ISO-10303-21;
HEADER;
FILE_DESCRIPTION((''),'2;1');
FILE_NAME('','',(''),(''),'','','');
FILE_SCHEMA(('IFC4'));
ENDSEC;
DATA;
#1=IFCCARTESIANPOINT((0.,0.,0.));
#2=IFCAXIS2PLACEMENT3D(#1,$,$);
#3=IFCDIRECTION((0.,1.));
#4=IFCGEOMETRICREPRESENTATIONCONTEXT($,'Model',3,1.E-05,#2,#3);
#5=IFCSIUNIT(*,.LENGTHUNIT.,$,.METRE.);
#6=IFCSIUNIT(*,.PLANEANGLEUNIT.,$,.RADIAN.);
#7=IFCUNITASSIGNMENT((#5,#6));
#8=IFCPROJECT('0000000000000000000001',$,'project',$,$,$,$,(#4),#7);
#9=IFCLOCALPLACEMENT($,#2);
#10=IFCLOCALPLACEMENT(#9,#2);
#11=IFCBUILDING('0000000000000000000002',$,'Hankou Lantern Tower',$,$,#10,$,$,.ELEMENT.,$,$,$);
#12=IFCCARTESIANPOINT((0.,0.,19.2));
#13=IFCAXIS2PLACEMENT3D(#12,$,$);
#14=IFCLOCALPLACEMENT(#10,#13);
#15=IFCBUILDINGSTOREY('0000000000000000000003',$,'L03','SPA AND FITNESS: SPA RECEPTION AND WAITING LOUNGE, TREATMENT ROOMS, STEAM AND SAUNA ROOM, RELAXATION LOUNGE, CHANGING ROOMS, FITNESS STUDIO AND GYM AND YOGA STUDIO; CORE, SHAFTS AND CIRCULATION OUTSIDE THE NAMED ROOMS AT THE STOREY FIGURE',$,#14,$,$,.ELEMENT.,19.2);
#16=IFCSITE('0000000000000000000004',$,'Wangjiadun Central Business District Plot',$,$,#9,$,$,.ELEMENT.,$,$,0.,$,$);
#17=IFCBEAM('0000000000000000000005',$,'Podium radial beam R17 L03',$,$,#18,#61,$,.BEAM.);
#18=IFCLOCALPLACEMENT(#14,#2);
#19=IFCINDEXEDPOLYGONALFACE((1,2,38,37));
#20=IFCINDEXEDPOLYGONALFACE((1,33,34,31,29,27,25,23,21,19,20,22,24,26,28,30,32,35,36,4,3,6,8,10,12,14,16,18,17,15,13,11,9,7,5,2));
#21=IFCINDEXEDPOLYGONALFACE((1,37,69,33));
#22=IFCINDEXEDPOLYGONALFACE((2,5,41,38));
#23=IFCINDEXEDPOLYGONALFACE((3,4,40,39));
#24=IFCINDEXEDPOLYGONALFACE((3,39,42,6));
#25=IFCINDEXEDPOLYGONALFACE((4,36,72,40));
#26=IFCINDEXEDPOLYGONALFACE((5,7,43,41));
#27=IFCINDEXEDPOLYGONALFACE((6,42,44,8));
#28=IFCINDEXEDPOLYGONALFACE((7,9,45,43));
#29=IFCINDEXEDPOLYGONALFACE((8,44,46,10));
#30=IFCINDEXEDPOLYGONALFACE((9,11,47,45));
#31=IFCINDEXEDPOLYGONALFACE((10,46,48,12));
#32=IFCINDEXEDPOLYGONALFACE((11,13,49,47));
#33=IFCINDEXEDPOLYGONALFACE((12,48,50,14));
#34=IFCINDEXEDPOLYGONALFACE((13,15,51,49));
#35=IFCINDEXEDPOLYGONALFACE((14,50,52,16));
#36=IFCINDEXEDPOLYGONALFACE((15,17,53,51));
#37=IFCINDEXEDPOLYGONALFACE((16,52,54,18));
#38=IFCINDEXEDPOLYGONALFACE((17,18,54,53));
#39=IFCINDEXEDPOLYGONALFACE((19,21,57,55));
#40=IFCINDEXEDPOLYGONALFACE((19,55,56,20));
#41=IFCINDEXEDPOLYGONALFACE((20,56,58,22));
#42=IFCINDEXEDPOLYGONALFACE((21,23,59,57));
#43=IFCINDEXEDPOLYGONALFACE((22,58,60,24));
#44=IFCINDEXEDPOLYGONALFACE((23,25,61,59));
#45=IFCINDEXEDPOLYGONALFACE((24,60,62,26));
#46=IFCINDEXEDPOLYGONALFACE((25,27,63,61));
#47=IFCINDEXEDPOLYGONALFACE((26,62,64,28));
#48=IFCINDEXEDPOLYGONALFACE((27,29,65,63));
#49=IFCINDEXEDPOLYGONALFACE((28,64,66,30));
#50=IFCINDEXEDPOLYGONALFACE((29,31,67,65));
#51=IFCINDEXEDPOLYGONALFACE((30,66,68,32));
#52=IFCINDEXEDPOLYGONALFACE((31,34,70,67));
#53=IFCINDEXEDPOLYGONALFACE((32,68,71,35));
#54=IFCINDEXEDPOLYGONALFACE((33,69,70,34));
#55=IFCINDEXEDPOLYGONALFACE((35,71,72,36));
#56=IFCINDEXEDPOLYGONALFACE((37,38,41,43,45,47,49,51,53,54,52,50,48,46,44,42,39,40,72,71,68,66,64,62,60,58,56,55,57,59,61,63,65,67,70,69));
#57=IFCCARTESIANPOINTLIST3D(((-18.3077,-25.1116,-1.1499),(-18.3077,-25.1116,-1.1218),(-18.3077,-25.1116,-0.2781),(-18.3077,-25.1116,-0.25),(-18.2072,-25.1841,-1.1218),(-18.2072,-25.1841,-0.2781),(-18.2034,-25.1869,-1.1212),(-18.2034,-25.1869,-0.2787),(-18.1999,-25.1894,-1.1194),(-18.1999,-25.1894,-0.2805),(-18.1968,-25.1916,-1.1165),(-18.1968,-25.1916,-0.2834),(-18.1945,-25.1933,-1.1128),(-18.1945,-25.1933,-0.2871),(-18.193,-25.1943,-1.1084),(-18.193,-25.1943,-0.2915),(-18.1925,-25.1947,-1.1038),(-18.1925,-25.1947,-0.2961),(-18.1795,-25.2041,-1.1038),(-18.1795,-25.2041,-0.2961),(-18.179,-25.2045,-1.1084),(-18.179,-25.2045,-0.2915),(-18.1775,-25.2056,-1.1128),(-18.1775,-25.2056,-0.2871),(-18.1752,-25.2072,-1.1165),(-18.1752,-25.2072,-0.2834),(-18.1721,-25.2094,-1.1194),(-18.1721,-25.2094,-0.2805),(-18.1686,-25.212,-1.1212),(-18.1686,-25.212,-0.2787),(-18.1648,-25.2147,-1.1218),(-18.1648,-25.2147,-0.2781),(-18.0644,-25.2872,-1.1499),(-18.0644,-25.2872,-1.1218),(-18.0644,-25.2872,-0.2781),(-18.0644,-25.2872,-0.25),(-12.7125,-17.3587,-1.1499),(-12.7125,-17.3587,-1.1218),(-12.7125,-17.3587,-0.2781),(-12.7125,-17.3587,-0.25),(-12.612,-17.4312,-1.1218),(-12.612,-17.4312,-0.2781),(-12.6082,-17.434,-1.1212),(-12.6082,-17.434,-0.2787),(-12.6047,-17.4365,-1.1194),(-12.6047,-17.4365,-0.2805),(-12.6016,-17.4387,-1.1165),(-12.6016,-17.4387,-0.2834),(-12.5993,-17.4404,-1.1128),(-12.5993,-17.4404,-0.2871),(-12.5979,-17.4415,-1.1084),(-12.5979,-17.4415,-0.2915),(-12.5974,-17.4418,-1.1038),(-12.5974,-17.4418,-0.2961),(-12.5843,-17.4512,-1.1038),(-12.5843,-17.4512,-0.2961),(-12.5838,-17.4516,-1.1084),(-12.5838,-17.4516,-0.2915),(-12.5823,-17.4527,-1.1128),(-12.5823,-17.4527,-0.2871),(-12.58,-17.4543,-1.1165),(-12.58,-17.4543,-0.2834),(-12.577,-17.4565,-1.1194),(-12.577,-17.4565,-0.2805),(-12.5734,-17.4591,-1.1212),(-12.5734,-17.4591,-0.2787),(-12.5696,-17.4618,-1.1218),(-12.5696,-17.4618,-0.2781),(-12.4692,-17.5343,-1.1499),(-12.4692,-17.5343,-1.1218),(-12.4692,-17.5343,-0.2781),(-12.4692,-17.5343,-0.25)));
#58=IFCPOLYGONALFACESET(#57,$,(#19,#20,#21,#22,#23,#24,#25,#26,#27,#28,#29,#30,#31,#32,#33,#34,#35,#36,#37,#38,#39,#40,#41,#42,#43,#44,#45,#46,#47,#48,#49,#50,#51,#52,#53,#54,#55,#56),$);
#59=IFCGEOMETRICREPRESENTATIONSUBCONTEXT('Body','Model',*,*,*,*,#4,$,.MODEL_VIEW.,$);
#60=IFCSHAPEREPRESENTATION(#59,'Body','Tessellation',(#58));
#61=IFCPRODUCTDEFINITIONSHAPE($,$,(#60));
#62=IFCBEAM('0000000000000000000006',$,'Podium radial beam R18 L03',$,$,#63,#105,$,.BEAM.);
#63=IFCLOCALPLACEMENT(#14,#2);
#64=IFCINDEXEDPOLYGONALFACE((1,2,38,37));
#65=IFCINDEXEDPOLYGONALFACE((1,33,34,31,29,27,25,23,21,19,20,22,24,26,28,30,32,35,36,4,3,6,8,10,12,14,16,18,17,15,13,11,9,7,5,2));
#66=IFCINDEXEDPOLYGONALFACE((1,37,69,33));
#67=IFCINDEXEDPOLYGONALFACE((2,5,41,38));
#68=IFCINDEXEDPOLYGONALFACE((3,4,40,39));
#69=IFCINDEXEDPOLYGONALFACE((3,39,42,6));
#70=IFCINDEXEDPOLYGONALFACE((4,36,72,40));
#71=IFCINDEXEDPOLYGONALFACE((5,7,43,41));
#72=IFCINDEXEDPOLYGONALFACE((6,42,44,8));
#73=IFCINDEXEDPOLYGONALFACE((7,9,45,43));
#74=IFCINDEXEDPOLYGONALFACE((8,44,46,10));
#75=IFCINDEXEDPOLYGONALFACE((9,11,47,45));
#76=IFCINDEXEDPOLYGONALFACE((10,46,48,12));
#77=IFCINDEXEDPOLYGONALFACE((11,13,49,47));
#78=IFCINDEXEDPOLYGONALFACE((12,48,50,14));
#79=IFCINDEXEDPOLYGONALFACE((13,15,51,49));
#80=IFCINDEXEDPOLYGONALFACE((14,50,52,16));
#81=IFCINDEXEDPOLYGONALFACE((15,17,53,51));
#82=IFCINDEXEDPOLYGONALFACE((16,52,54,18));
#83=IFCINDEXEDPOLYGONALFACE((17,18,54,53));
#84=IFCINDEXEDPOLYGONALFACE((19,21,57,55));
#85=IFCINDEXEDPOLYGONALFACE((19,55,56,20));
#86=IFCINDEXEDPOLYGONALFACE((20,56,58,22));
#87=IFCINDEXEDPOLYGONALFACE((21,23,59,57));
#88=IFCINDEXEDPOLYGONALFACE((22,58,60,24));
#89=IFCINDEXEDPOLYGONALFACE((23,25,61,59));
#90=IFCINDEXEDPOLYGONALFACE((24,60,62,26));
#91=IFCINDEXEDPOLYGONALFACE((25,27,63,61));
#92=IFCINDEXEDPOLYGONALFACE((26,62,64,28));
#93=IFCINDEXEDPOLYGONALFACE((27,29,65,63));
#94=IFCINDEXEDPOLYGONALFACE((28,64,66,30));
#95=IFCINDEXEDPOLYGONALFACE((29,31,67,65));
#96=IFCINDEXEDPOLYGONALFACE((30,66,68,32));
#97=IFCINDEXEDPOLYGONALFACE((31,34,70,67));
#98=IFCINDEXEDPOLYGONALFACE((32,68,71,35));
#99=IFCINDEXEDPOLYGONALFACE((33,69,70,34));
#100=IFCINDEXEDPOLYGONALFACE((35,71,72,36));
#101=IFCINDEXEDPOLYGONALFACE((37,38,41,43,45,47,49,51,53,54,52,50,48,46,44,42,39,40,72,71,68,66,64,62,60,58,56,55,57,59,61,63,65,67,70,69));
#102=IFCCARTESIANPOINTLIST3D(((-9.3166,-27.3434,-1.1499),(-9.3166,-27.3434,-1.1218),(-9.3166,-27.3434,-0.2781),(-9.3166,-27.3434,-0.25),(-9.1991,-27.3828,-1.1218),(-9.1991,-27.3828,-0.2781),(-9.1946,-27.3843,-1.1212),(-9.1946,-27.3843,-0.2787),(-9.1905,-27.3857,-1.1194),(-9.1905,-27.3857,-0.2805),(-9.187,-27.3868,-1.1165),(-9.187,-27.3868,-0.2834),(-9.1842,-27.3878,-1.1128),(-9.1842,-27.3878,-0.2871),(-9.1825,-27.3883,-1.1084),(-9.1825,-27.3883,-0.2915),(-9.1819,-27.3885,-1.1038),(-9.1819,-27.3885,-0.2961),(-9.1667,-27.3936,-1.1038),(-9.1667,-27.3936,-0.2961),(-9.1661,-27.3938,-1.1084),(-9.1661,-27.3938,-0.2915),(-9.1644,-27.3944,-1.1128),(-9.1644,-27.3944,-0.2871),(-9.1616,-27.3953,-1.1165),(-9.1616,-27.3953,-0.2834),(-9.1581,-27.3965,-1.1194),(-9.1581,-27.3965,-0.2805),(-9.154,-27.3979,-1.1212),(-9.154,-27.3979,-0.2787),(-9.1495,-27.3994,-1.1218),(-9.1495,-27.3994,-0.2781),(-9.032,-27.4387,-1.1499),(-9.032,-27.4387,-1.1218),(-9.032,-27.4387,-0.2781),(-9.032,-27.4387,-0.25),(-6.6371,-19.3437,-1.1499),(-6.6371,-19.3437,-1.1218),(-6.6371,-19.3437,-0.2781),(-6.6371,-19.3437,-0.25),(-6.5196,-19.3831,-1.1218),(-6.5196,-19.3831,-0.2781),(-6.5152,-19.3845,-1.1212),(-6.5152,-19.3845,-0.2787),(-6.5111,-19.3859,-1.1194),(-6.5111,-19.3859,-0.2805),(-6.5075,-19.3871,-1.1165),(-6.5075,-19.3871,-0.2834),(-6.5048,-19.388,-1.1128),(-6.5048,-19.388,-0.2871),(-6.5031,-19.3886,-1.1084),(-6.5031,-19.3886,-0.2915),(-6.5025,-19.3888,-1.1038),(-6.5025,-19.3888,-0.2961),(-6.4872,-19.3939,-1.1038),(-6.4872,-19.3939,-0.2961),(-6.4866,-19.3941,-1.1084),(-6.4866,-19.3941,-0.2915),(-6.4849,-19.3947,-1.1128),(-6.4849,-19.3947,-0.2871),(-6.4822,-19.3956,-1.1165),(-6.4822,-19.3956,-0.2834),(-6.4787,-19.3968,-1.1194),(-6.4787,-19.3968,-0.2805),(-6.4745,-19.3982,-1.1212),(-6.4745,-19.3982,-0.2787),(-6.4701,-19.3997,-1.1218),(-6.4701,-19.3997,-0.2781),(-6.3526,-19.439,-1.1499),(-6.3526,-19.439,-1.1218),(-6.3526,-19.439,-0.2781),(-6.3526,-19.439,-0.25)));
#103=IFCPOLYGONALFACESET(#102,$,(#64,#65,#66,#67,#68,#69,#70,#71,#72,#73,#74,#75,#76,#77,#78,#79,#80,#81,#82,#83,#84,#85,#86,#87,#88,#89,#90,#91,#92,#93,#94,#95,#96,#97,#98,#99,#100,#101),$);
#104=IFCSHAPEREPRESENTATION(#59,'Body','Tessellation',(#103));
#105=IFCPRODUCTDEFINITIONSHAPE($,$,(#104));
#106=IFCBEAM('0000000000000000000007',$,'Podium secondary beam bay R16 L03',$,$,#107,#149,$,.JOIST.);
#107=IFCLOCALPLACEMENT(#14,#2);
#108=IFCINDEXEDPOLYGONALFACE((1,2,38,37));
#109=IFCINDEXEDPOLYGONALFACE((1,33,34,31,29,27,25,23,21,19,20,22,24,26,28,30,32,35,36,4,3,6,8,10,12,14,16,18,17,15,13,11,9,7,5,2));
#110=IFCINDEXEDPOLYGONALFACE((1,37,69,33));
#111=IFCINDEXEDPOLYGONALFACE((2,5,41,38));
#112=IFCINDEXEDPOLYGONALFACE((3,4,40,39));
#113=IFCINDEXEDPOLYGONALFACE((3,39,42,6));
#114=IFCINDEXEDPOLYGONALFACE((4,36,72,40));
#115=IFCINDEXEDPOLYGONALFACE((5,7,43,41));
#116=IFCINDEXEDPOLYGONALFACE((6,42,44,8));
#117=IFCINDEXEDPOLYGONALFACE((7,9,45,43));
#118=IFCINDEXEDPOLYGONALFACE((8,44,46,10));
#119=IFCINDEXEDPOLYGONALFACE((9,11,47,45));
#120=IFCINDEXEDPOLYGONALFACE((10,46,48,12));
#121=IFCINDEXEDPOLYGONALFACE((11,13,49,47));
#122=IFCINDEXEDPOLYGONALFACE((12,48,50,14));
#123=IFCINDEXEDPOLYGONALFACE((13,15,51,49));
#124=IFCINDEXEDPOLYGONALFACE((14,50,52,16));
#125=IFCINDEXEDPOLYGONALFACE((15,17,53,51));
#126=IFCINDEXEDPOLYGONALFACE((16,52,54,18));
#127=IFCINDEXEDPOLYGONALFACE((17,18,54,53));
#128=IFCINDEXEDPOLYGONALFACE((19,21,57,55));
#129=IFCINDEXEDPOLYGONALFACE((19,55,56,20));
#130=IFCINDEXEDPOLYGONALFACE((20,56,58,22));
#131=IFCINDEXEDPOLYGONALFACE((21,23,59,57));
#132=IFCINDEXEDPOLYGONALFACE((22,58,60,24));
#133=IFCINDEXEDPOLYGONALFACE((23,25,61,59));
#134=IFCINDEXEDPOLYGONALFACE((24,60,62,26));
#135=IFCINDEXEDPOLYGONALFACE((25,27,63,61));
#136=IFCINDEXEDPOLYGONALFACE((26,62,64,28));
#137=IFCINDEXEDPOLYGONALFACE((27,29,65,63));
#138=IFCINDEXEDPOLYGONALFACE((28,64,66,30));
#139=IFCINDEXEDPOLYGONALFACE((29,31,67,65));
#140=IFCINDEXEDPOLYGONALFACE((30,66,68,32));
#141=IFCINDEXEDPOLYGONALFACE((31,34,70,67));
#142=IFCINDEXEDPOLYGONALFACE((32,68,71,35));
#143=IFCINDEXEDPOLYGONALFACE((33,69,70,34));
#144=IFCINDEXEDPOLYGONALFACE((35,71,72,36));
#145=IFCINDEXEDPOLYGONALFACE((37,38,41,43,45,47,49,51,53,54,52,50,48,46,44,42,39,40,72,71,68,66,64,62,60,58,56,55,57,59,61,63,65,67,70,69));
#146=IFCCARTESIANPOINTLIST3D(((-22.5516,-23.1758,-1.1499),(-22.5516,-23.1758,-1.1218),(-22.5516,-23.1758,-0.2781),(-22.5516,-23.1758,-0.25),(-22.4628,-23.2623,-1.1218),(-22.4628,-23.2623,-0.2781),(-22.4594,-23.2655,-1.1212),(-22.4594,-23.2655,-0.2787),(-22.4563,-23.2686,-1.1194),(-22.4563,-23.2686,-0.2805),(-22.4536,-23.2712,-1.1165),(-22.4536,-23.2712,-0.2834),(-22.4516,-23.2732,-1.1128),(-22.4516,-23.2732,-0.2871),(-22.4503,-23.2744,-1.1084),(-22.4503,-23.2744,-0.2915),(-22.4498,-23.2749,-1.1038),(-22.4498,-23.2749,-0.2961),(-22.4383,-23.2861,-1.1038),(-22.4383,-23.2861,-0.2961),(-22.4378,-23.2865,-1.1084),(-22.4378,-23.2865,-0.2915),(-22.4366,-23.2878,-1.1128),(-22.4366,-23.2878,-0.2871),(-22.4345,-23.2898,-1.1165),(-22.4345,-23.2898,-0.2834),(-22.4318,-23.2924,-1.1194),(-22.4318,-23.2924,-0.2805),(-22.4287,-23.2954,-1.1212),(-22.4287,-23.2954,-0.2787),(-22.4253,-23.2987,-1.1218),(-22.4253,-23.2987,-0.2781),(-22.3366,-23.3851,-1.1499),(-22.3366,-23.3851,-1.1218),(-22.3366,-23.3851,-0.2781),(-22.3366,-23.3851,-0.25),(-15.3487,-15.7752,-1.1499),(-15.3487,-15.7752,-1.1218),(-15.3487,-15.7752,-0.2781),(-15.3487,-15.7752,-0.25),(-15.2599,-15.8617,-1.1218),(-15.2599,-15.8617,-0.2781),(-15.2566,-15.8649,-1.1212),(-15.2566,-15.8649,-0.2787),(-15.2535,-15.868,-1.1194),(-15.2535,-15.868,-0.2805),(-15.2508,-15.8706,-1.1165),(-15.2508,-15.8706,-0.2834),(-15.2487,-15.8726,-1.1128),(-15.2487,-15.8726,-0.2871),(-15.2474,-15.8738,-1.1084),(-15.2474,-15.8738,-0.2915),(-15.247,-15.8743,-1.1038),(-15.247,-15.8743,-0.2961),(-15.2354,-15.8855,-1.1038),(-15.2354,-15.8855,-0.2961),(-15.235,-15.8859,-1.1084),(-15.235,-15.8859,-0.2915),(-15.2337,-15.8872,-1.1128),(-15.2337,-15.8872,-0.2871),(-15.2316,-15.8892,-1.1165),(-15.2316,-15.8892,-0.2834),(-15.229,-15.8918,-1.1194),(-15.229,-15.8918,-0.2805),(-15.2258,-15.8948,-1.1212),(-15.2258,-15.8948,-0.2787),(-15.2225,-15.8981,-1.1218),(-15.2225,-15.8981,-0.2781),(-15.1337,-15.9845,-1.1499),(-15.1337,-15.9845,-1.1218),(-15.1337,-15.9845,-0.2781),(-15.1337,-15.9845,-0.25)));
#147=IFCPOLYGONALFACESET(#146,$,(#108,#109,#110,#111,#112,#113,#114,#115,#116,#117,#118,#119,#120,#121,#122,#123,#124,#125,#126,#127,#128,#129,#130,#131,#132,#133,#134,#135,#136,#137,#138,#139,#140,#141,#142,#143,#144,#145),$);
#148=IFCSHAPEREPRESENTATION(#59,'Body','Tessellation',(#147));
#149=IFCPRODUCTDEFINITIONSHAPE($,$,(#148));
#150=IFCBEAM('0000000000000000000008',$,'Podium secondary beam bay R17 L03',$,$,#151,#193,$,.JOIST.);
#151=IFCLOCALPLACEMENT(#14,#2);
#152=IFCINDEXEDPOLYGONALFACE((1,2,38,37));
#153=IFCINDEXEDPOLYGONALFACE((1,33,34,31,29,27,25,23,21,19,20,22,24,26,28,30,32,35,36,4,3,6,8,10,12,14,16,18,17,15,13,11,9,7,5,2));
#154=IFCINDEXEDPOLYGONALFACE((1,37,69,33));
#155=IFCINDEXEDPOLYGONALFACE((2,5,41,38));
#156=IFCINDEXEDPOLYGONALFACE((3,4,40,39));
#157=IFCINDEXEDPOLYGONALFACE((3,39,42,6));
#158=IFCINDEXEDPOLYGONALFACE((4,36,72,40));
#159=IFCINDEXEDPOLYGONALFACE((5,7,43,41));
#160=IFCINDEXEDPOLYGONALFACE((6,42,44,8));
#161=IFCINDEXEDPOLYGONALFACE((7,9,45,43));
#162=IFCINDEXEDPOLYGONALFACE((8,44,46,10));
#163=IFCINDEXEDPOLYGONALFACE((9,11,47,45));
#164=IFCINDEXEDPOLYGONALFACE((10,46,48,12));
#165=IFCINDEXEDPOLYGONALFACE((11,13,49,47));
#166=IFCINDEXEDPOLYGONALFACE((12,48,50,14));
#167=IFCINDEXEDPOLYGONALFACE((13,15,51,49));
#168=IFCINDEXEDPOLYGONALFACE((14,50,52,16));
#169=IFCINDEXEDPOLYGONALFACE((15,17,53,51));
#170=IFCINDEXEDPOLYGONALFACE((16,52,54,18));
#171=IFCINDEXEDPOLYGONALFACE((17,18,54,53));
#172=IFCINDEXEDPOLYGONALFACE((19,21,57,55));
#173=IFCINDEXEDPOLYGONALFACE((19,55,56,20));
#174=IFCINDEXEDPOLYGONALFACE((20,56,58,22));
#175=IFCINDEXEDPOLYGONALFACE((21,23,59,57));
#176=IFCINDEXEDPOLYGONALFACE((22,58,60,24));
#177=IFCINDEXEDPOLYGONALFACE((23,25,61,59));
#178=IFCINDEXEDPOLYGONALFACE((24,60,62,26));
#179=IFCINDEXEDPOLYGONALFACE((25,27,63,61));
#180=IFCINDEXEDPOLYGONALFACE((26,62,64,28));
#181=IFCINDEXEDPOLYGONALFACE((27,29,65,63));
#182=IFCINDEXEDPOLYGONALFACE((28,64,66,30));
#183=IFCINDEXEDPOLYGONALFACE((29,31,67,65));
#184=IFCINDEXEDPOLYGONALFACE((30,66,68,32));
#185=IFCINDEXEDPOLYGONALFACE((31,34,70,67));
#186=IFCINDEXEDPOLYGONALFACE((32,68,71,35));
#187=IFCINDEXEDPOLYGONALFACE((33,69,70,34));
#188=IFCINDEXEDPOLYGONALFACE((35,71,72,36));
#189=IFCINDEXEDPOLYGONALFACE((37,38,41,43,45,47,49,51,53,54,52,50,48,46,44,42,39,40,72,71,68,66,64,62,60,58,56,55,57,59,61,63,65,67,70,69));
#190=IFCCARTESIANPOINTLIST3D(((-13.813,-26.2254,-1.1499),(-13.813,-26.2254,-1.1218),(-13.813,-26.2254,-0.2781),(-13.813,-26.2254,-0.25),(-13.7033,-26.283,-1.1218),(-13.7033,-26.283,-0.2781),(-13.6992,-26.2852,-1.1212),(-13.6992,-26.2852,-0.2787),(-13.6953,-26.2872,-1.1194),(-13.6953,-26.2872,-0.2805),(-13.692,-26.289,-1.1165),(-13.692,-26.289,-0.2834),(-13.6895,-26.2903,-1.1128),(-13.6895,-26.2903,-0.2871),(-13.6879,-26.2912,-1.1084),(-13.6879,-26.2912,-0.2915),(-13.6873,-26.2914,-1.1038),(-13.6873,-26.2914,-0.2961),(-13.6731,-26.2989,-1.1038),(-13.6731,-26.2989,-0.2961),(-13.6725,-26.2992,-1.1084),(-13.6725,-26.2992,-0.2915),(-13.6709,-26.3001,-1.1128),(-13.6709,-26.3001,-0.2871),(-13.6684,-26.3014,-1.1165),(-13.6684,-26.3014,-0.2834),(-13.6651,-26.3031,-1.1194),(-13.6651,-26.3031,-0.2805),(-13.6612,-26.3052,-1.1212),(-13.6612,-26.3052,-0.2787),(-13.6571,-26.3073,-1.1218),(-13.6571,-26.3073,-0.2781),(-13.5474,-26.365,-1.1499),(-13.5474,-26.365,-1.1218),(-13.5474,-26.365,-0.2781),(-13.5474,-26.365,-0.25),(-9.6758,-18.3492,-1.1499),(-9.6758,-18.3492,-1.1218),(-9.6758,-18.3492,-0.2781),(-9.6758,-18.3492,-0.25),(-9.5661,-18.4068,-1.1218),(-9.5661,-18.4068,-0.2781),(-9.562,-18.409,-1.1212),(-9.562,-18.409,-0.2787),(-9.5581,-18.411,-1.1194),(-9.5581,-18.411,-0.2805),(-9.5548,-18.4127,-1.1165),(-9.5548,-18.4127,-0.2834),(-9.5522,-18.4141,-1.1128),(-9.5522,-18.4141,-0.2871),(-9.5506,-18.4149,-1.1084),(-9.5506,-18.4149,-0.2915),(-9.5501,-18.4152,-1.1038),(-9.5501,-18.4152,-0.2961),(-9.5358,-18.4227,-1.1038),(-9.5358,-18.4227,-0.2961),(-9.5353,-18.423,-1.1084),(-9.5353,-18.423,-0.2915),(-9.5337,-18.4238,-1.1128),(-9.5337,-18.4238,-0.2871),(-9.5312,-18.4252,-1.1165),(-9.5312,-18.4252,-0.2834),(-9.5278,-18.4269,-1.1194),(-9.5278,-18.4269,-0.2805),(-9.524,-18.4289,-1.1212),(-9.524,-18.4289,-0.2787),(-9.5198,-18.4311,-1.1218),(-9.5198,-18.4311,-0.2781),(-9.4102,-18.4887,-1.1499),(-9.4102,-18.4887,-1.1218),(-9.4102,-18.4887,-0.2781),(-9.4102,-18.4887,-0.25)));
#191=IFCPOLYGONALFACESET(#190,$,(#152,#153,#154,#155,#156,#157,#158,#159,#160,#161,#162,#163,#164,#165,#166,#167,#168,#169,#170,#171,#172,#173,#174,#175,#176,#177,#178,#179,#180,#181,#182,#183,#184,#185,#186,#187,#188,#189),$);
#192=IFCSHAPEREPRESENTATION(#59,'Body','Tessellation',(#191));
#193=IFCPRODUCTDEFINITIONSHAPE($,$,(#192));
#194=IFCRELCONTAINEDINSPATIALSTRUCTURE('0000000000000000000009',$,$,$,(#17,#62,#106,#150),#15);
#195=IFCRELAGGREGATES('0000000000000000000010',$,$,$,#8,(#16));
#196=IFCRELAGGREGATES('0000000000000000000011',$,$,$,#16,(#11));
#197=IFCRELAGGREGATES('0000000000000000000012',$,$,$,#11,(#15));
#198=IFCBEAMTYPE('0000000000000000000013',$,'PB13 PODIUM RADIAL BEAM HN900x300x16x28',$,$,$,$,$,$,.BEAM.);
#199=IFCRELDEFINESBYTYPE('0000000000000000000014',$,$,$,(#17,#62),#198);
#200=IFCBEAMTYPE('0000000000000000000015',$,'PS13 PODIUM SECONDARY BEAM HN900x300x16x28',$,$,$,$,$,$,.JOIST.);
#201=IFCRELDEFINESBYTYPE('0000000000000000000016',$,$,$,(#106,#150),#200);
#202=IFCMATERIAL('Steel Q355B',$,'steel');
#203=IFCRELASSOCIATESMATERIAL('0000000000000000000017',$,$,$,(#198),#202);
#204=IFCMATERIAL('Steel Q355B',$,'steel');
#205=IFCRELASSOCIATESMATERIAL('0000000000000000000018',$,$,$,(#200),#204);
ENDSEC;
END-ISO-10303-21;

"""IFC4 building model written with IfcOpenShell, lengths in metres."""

from ifc_helpers import new_model, si_unit, direction, frame, origin, origin_2d, place, context, subcontext, project, spatial, i_section, extrude, material, material_profile, profile_set, type_object, element, save


model = new_model("IFC4")

# Units and contexts
model_context = context("Model", 3, precision=1e-05, world=origin(), true_north=direction((0.0, 1.0)))
body_context = subcontext(model_context, "Body", "Model", "MODEL_VIEW")
ifc_project = project(units=[si_unit("LENGTHUNIT", "METRE"), si_unit("PLANEANGLEUNIT", "RADIAN")], contexts=[model_context])

# Site, building, storey
site_placement = place(None, origin())
site = spatial("IfcSite", under=ifc_project, at=site_placement, Name="Wangjiadun Central Business District Plot", CompositionType="ELEMENT", RefElevation=0.0)
building_placement = place(site_placement, origin())
building = spatial("IfcBuilding", under=site, at=building_placement, Name="Hankou Lantern Tower", CompositionType="ELEMENT")
storey_placement = place(building_placement, frame((0.0, 0.0, 19.2)))
storey = spatial("IfcBuildingStorey", under=building, at=storey_placement, Name="L03", Description="SPA AND FITNESS: SPA RECEPTION AND WAITING LOUNGE, TREATMENT ROOMS, STEAM AND SAUNA ROOM, RELAXATION LOUNGE, CHANGING ROOMS, FITNESS STUDIO AND GYM AND YOGA STUDIO; CORE, SHAFTS AND CIRCULATION OUTSIDE THE NAMED ROOMS AT THE STOREY FIGURE", CompositionType="ELEMENT", Elevation=19.2)

# Beams
ifc_material_1 = material(Name="Steel Q355B", Category="steel")
ifc_material_profile_1 = material_profile(ifc_material_1, i_section(OverallWidth=0.3, OverallDepth=0.8999, WebThickness=0.0161, FlangeThickness=0.0281, FilletRadius=0.0181, at=origin_2d()), Name="HN900x300x16x28")
ifc_profile_set_1 = profile_set([ifc_material_profile_1], Name="Steel Q355B")
beam_type_1 = type_object("IfcBeamType", Name="PB13 PODIUM RADIAL BEAM HN900x300x16x28", PredefinedType="BEAM", material=ifc_profile_set_1)
beam_1_placement = place(storey_placement, frame((-12.5908, -17.4465, -0.7), z_axis=(-0.585207, -0.810884, 0.0), x_axis=(0.810884, -0.585207, 0.0)))
element("IfcBeam", 1, at=beam_1_placement, inside=storey, type_object=beam_type_1, Name="Podium radial beam R17 L03", PredefinedType="BEAM", context=body_context, shape_type="SweptSolid", body=[
    extrude(i_section(OverallWidth=0.3, OverallDepth=0.8999, WebThickness=0.0161, FlangeThickness=0.0281, FilletRadius=0.0181, at=origin_2d()), origin(), (0.0, 0.0, 1.0), 9.561),
])
beam_2_placement = place(storey_placement, frame((-6.4949, -19.3914, -0.7), z_axis=(-0.317599, -0.948225, 0.0), x_axis=(0.948225, -0.317599, 0.0)))
element("IfcBeam", 2, at=beam_2_placement, inside=storey, type_object=beam_type_1, Name="Podium radial beam R18 L03", PredefinedType="BEAM", context=body_context, shape_type="SweptSolid", body=[
    extrude(i_section(OverallWidth=0.3, OverallDepth=0.8999, WebThickness=0.0161, FlangeThickness=0.0281, FilletRadius=0.0181, at=origin_2d()), origin(), (0.0, 0.0, 1.0), 8.4365),
])
ifc_material_2 = material(Name="Steel Q355B", Category="steel")
ifc_material_profile_2 = material_profile(ifc_material_2, i_section(OverallWidth=0.3, OverallDepth=0.8999, WebThickness=0.0161, FlangeThickness=0.0281, FilletRadius=0.0181, at=origin_2d()), Name="HN900x300x16x28")
ifc_profile_set_2 = profile_set([ifc_material_profile_2], Name="Steel Q355B")
beam_type_2 = type_object("IfcBeamType", Name="PS13 PODIUM SECONDARY BEAM HN900x300x16x28", PredefinedType="JOIST", material=ifc_profile_set_2)
beam_3_placement = place(storey_placement, frame((-15.2412, -15.8799, -0.7), z_axis=(-0.697468, -0.716616, 0.0), x_axis=(0.716616, -0.697468, 0.0)))
element("IfcBeam", 3, at=beam_3_placement, inside=storey, type_object=beam_type_2, Name="Podium secondary beam bay R16 L03", PredefinedType="JOIST", context=body_context, shape_type="SweptSolid", body=[
    extrude(i_section(OverallWidth=0.3, OverallDepth=0.8999, WebThickness=0.0161, FlangeThickness=0.0281, FilletRadius=0.0181, at=origin_2d()), origin(), (0.0, 0.0, 1.0), 10.3271),
])
beam_4_placement = place(storey_placement, frame((-9.543, -18.4189, -0.7), z_axis=(-0.465027, -0.885297, 0.0), x_axis=(0.885297, -0.465027, 0.0)))
element("IfcBeam", 4, at=beam_4_placement, inside=storey, type_object=beam_type_2, Name="Podium secondary beam bay R17 L03", PredefinedType="JOIST", context=body_context, shape_type="SweptSolid", body=[
    extrude(i_section(OverallWidth=0.3, OverallDepth=0.8999, WebThickness=0.0161, FlangeThickness=0.0281, FilletRadius=0.0181, at=origin_2d()), origin(), (0.0, 0.0, 1.0), 8.8967),
])

save(model, "model.ifc")
